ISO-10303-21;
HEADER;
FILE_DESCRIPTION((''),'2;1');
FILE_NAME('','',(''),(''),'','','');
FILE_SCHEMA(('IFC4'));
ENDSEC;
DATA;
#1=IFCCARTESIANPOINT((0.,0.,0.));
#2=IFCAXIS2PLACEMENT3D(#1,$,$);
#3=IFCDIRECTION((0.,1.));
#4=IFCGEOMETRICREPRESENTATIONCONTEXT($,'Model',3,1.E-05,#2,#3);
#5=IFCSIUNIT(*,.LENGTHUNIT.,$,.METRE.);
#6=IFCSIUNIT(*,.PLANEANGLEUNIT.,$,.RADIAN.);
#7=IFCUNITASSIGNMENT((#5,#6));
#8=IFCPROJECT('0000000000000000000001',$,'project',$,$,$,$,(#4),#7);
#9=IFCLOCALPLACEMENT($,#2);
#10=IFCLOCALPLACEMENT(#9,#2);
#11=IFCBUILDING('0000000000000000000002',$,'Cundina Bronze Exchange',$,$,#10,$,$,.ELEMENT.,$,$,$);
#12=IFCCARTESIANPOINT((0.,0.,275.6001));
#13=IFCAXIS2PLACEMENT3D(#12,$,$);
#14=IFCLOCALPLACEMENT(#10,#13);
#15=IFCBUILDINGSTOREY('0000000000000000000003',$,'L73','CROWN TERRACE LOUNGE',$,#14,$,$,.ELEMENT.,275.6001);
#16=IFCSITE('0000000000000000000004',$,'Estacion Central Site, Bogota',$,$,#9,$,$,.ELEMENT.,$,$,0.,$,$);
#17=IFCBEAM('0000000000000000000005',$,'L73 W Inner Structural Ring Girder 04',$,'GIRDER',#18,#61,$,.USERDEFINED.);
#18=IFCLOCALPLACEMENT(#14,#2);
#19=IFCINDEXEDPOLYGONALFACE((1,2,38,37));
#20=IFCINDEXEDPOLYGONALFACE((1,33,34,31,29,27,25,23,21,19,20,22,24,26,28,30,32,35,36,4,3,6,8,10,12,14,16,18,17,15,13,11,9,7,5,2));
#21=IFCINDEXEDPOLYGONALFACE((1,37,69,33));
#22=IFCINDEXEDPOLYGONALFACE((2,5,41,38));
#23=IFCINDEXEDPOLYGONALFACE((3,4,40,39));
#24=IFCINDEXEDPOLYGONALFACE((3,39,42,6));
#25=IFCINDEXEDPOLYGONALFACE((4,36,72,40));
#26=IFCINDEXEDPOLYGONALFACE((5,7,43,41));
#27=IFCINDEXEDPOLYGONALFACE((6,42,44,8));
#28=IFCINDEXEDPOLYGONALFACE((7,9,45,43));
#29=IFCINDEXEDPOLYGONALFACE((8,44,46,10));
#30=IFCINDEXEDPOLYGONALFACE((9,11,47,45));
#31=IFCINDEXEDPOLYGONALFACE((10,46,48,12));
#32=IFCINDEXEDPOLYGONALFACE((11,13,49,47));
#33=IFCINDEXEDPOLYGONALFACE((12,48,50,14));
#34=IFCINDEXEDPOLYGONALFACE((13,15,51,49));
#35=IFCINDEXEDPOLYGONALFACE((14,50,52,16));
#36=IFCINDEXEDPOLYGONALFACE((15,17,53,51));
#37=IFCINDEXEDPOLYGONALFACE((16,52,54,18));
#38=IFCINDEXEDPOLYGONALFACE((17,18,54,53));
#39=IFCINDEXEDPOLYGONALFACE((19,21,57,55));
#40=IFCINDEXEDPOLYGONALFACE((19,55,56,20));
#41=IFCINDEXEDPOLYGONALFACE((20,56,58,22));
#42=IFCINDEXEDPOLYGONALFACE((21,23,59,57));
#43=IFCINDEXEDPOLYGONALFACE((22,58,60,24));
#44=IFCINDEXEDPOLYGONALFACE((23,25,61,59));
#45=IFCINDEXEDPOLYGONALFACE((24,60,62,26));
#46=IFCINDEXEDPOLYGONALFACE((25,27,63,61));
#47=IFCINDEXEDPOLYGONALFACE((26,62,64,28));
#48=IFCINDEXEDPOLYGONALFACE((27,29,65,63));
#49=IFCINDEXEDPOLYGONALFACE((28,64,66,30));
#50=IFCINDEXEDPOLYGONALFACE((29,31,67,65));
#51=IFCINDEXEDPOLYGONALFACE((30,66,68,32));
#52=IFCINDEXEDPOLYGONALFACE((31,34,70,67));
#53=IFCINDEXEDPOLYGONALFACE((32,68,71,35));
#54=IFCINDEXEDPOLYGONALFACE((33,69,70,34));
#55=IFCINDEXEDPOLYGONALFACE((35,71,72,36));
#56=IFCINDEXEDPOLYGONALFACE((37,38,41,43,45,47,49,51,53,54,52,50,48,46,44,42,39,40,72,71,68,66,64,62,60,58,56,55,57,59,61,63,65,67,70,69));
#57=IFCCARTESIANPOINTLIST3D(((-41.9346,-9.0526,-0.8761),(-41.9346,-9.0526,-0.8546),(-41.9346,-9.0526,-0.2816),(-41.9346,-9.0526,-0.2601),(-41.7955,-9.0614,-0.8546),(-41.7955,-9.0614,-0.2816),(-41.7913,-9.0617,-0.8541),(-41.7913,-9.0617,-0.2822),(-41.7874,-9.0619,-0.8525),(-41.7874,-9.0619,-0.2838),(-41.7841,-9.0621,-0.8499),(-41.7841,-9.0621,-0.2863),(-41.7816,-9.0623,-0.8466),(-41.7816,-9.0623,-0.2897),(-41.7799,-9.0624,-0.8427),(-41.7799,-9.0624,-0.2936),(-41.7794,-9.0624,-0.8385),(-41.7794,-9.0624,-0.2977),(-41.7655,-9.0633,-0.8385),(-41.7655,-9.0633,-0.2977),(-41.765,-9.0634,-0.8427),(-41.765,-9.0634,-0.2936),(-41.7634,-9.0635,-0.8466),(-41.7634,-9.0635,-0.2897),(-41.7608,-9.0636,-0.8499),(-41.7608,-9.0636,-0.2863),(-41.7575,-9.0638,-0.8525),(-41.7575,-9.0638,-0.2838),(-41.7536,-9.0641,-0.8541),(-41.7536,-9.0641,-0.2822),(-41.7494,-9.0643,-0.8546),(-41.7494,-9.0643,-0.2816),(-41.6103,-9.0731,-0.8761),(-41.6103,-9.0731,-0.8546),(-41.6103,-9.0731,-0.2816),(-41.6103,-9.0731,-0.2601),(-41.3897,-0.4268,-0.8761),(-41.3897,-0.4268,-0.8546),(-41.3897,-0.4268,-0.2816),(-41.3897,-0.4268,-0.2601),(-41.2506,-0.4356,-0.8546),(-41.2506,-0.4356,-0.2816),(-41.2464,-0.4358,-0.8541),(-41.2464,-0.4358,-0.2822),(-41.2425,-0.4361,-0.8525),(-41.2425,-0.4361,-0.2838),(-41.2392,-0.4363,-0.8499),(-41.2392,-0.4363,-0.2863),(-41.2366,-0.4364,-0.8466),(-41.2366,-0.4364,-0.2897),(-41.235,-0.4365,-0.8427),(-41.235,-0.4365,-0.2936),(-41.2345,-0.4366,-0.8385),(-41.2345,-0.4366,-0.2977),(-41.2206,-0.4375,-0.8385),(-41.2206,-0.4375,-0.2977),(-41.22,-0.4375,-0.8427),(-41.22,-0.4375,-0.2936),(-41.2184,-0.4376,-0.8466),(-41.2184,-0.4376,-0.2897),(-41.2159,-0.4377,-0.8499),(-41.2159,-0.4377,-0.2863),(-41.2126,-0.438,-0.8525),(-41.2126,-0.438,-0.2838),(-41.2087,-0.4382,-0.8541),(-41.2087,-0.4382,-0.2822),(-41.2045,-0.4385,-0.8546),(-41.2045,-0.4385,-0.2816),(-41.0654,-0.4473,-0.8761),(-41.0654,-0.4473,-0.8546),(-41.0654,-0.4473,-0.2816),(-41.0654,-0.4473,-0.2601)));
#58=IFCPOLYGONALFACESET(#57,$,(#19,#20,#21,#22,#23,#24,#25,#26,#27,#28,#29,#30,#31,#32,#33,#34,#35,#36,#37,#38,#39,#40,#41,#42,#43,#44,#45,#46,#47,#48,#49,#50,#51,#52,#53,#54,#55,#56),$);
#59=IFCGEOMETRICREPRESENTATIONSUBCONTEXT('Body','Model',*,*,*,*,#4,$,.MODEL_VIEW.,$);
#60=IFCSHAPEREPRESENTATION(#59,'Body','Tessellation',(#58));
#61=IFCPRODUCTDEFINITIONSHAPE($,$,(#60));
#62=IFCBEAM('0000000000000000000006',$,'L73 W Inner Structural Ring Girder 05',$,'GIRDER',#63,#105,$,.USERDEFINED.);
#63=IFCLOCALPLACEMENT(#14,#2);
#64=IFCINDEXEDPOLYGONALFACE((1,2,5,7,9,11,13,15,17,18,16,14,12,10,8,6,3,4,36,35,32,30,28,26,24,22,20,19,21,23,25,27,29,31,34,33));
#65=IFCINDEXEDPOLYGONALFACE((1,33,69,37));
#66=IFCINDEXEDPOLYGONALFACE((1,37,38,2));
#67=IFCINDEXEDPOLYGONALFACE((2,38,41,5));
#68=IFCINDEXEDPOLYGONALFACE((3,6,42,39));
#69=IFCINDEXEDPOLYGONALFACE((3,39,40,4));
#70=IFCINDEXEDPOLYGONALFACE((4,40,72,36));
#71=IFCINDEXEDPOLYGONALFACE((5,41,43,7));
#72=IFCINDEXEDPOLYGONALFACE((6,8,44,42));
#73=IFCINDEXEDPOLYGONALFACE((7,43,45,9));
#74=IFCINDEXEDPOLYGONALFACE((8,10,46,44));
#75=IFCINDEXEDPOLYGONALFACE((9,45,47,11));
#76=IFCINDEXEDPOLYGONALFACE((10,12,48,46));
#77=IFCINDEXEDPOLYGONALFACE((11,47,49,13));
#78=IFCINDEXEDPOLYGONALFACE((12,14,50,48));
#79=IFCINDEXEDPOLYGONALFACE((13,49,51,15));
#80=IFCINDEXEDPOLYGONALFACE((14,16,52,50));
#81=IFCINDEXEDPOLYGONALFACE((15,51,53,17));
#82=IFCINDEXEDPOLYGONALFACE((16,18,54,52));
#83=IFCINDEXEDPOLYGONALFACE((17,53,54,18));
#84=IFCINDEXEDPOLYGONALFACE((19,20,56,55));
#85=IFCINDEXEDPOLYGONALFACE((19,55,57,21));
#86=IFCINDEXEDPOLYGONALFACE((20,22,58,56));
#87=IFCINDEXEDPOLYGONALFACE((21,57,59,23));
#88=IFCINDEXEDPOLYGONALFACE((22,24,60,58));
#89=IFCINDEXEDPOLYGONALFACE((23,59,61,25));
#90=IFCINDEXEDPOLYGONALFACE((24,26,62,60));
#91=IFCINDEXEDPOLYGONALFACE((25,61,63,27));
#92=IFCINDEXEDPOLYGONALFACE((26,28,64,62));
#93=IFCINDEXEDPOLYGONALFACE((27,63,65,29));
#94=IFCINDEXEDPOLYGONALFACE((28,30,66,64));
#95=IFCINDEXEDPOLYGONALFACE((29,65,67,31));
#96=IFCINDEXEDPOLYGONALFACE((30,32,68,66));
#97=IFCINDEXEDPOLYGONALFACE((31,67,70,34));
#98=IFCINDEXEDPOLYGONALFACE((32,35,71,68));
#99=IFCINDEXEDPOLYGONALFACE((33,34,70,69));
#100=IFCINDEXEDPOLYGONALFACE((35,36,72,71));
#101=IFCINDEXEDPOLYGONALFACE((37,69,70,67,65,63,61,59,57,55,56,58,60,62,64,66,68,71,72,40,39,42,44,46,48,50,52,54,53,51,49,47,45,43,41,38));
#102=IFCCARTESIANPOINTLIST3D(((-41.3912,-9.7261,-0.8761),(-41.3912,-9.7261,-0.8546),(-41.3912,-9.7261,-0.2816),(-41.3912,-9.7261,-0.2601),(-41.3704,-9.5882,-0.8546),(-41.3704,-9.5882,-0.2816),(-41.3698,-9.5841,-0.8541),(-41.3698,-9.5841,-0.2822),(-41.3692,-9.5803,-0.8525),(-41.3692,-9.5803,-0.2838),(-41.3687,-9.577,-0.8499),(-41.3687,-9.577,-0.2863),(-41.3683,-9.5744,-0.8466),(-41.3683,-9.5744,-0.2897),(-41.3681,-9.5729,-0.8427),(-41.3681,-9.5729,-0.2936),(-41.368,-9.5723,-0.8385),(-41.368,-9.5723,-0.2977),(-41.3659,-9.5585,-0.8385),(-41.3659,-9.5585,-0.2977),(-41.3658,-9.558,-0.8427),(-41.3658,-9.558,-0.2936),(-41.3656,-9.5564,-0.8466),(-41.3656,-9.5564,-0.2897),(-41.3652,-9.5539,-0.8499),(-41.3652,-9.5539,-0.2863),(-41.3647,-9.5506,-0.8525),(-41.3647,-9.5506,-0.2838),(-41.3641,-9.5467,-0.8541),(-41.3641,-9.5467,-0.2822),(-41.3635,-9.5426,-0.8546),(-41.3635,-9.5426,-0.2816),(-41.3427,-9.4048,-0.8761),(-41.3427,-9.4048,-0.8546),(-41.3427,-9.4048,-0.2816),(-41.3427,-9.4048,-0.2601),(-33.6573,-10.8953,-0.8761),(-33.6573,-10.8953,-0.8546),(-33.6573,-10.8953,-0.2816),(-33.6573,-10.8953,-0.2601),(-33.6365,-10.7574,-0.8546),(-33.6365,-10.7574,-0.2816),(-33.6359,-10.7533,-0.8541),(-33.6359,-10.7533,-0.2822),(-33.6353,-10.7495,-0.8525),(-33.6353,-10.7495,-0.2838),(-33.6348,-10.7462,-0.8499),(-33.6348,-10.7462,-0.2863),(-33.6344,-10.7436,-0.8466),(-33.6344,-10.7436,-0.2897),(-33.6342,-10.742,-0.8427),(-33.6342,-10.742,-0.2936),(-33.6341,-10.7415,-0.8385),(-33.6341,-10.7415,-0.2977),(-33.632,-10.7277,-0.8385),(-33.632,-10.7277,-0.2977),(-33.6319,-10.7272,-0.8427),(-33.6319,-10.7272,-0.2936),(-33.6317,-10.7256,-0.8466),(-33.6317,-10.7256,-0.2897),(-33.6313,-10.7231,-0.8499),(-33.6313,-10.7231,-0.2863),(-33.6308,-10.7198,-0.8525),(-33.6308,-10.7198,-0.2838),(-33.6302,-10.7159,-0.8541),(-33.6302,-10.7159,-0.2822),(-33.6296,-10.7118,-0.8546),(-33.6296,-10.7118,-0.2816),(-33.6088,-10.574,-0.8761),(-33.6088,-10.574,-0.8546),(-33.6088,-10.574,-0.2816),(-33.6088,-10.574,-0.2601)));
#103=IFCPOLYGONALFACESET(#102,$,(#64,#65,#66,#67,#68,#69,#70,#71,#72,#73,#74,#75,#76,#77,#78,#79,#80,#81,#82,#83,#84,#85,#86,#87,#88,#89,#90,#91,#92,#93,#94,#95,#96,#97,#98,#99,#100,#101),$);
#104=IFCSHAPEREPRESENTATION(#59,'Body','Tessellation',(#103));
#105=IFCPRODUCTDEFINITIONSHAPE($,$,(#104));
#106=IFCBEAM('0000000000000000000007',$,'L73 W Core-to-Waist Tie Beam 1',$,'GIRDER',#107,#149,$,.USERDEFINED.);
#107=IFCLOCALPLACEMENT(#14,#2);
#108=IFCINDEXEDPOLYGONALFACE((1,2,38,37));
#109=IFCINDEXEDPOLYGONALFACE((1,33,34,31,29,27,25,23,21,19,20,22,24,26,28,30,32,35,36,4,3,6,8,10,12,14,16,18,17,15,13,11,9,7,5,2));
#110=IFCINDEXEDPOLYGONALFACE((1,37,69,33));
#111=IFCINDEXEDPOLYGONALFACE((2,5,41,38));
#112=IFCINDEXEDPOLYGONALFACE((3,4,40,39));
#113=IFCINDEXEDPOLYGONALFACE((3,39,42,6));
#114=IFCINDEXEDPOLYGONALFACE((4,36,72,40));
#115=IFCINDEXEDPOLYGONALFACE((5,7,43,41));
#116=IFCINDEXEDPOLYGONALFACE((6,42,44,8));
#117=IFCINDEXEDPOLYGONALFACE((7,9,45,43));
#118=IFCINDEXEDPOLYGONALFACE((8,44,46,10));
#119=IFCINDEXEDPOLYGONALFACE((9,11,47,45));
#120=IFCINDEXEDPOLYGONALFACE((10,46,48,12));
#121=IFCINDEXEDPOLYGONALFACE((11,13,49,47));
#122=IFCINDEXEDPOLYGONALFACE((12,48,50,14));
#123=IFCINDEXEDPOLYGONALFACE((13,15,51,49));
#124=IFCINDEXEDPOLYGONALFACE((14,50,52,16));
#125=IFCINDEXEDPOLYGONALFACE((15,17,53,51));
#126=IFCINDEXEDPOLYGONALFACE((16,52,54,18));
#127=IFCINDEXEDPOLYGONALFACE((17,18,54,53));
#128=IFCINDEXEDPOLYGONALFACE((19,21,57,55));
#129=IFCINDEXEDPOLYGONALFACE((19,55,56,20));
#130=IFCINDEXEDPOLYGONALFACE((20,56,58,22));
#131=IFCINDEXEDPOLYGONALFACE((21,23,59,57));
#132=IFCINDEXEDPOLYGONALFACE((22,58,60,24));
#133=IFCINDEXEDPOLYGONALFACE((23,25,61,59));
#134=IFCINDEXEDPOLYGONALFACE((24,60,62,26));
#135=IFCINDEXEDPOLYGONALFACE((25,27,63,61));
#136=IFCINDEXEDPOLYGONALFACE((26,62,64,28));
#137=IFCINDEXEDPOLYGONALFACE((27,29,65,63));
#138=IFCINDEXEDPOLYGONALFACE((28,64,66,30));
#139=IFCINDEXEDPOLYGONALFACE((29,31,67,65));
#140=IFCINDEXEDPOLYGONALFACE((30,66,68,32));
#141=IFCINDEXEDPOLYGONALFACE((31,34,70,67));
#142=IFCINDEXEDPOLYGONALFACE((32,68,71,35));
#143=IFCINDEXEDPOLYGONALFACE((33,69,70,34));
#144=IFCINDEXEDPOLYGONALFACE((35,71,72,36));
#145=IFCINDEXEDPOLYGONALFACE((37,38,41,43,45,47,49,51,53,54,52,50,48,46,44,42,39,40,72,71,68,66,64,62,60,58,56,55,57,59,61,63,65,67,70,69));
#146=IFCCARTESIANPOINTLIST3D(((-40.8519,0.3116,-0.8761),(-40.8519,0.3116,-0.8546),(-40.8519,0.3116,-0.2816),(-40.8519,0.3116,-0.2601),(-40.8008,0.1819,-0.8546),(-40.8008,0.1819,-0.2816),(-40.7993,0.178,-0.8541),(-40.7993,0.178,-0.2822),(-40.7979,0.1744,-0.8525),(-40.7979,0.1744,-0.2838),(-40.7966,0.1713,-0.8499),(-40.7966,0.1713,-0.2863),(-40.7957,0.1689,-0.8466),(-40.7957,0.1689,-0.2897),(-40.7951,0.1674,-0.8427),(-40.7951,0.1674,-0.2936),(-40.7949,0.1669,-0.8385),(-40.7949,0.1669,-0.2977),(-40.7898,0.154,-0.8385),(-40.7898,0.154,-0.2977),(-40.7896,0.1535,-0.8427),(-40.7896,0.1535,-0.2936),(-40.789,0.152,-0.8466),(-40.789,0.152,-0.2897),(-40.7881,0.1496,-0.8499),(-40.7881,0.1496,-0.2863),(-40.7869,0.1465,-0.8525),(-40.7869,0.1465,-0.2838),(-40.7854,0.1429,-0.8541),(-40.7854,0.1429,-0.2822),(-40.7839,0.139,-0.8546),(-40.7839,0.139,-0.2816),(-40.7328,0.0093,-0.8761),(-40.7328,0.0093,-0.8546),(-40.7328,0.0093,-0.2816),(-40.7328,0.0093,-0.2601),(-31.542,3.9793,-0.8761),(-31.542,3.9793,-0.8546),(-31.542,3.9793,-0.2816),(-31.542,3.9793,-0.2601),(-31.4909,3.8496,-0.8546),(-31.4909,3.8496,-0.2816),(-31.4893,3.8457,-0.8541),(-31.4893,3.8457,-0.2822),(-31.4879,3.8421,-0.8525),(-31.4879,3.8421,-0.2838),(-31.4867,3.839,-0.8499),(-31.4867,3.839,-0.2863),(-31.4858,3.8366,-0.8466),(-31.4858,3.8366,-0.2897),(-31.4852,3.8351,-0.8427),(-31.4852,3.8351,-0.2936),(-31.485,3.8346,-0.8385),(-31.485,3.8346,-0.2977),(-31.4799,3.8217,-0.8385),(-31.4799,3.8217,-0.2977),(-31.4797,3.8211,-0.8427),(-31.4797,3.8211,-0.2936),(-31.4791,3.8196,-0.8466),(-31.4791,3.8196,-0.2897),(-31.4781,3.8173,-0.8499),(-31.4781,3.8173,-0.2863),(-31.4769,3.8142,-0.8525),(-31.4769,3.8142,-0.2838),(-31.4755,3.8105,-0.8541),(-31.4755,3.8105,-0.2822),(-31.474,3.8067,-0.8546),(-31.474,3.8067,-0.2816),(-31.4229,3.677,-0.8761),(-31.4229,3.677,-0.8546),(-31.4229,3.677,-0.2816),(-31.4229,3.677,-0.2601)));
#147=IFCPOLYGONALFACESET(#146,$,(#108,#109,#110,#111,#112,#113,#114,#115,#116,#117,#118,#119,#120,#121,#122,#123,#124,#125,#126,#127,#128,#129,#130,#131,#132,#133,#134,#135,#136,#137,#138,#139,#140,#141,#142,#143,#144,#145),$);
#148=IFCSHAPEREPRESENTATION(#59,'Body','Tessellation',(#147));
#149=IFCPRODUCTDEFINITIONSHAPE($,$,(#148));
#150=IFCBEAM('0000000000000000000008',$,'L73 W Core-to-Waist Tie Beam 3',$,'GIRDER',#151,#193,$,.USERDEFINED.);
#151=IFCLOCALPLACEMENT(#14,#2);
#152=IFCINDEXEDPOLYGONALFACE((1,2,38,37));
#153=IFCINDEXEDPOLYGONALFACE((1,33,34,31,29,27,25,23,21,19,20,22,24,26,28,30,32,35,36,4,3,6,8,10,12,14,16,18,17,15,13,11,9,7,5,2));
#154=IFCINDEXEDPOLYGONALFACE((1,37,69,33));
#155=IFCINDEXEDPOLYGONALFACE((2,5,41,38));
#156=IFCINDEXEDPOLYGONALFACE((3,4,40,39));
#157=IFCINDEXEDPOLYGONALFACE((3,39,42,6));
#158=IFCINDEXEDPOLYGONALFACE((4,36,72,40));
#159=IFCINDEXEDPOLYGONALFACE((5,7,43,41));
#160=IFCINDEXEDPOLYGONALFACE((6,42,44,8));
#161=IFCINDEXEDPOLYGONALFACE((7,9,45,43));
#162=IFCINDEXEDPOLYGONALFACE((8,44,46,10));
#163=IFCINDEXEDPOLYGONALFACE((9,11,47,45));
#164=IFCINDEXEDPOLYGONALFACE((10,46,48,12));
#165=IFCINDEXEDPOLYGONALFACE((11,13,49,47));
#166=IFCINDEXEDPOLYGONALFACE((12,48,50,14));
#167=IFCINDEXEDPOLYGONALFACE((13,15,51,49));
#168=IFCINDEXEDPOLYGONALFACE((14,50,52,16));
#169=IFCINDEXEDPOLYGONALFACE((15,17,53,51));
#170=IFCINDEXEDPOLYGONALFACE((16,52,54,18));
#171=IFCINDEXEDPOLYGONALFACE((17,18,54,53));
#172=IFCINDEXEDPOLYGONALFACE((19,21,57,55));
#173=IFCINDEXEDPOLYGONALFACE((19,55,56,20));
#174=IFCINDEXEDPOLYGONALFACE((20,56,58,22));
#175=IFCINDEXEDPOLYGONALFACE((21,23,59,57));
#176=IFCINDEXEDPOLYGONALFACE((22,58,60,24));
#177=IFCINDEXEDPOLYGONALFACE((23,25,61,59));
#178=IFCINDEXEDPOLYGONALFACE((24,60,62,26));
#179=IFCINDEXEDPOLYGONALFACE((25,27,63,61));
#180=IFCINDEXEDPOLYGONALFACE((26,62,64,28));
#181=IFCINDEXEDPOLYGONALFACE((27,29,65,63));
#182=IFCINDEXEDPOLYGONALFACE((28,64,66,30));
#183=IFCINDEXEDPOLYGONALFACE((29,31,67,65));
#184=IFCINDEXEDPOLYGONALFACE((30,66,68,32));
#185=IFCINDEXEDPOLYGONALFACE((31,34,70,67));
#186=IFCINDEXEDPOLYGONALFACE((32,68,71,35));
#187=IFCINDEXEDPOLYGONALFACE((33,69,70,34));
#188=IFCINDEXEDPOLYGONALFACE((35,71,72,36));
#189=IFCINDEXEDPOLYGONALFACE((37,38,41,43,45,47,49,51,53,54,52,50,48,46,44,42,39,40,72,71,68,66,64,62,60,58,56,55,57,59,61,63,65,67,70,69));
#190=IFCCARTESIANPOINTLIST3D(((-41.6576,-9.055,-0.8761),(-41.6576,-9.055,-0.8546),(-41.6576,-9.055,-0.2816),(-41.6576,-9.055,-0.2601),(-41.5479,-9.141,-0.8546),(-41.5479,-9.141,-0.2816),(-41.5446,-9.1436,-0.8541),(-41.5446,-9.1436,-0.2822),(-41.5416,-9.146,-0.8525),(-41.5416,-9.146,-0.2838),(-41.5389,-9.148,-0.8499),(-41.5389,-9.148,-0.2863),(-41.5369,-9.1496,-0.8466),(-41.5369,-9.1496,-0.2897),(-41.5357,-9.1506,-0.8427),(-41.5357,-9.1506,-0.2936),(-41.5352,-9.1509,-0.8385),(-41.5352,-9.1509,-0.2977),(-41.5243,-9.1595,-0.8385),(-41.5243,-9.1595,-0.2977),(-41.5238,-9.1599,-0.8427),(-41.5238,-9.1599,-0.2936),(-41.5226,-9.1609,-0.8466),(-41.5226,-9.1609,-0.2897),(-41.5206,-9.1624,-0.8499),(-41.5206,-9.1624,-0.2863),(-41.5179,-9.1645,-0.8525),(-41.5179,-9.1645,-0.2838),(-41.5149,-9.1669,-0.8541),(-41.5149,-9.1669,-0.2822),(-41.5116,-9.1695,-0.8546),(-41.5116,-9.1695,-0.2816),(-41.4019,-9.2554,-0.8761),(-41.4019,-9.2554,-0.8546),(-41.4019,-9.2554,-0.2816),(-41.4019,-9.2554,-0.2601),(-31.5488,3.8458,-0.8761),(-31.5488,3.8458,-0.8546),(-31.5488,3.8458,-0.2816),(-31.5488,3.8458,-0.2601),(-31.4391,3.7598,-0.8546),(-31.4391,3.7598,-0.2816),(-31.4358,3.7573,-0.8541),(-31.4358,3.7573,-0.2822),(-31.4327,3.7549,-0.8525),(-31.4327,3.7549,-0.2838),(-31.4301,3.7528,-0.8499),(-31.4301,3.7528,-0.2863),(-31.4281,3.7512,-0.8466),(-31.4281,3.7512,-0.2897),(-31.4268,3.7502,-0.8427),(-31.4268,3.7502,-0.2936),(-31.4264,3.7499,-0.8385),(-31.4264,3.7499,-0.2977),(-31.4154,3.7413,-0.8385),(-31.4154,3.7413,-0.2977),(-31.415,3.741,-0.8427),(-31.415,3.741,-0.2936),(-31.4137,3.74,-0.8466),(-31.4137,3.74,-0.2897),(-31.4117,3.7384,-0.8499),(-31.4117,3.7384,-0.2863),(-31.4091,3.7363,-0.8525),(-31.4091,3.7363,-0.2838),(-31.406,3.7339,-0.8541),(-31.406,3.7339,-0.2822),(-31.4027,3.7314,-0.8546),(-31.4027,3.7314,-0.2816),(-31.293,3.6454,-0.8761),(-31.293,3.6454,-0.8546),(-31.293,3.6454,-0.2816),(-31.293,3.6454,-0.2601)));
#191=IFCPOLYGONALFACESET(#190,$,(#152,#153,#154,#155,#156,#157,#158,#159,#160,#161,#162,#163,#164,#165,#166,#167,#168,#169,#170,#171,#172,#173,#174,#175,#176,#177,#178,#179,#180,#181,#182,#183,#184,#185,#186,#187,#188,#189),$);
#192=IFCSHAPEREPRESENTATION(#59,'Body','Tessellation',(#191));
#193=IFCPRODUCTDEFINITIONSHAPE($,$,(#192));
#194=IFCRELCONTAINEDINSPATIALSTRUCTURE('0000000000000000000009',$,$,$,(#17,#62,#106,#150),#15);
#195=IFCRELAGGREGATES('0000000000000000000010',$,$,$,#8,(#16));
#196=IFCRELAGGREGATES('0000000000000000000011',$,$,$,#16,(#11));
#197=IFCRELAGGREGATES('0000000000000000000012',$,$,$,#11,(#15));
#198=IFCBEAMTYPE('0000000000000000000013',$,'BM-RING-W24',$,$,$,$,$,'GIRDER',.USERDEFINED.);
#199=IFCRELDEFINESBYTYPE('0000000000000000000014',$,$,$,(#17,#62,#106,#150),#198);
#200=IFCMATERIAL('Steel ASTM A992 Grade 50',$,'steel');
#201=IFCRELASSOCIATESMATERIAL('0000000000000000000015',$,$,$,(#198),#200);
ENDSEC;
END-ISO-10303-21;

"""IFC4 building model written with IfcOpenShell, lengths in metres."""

from ifc_helpers import new_model, si_unit, direction, frame, origin, origin_2d, place, context, subcontext, project, spatial, i_section, extrude, material, material_profile, profile_set, type_object, element, save


model = new_model("IFC4")

# Units and contexts
model_context = context("Model", 3, precision=1e-05, world=origin(), true_north=direction((0.0, 1.0)))
body_context = subcontext(model_context, "Body", "Model", "MODEL_VIEW")
ifc_project = project(units=[si_unit("LENGTHUNIT", "METRE"), si_unit("PLANEANGLEUNIT", "RADIAN")], contexts=[model_context])

# Site, building, storey
site_placement = place(None, origin())
site = spatial("IfcSite", under=ifc_project, at=site_placement, Name="Estacion Central Site, Bogota", CompositionType="ELEMENT", RefElevation=0.0)
building_placement = place(site_placement, origin())
building = spatial("IfcBuilding", under=site, at=building_placement, Name="Cundina Bronze Exchange", CompositionType="ELEMENT")
storey_placement = place(building_placement, frame((0.0, 0.0, 275.6001)))
storey = spatial("IfcBuildingStorey", under=building, at=storey_placement, Name="L73", Description="CROWN TERRACE LOUNGE", CompositionType="ELEMENT", Elevation=275.6001)

# Beams
ifc_material_1 = material(Name="Steel ASTM A992 Grade 50", Category="steel")
ifc_material_profile_1 = material_profile(ifc_material_1, i_section(OverallWidth=0.325, OverallDepth=0.616, WebThickness=0.0139, FlangeThickness=0.0215, FilletRadius=0.0161, at=origin_2d()), Name="W24X117", Category="steel")
ifc_profile_set_1 = profile_set([ifc_material_profile_1], Name="Steel ASTM A992 Grade 50")
beam_type_1 = type_object("IfcBeamType", Name="BM-RING-W24", ElementType="GIRDER", PredefinedType="USERDEFINED", material=ifc_profile_set_1)
beam_1_placement = place(storey_placement, frame((-41.2275, -0.437, -0.5681), z_axis=(-0.063047, -0.998011, 0.0), x_axis=(0.998011, -0.063047, 0.0)))
element("IfcBeam", 1, at=beam_1_placement, inside=storey, type_object=beam_type_1, Name="L73 W Inner Structural Ring Girder 04", ObjectType="GIRDER", PredefinedType="USERDEFINED", context=body_context, shape_type="SweptSolid", body=[
    extrude(i_section(OverallWidth=0.325, OverallDepth=0.616, WebThickness=0.0139, FlangeThickness=0.0215, FilletRadius=0.0161, at=origin_2d()), origin(), (0.0, 0.0, 1.0), 8.6431),
])
beam_2_placement = place(storey_placement, frame((-41.3669, -9.5654, -0.5681), z_axis=(0.988765, -0.149479, 0.0), x_axis=(0.149479, 0.988765, 0.0)))
element("IfcBeam", 2, at=beam_2_placement, inside=storey, type_object=beam_type_1, Name="L73 W Inner Structural Ring Girder 05", ObjectType="GIRDER", PredefinedType="USERDEFINED", context=body_context, shape_type="SweptSolid", body=[
    extrude(i_section(OverallWidth=0.325, OverallDepth=0.616, WebThickness=0.0139, FlangeThickness=0.0215, FilletRadius=0.0161, at=origin_2d()), origin(), (0.0, 0.0, 1.0), 7.8218),
])
beam_3_placement = place(storey_placement, frame((-31.4824, 3.8281, -0.5681), z_axis=(-0.930404, -0.366535, 0.0), x_axis=(0.366535, -0.930404, 0.0)))
element("IfcBeam", 3, at=beam_3_placement, inside=storey, type_object=beam_type_1, Name="L73 W Core-to-Waist Tie Beam 1", ObjectType="GIRDER", PredefinedType="USERDEFINED", context=body_context, shape_type="SweptSolid", body=[
    extrude(i_section(OverallWidth=0.325, OverallDepth=0.616, WebThickness=0.0139, FlangeThickness=0.0215, FilletRadius=0.0161, at=origin_2d()), origin(), (0.0, 0.0, 1.0), 10.0063),
])
beam_4_placement = place(storey_placement, frame((-31.4209, 3.7456, -0.5681), z_axis=(-0.616783, -0.787133, 0.0), x_axis=(0.787133, -0.616783, 0.0)))
element("IfcBeam", 4, at=beam_4_placement, inside=storey, type_object=beam_type_1, Name="L73 W Core-to-Waist Tie Beam 3", ObjectType="GIRDER", PredefinedType="USERDEFINED", context=body_context, shape_type="SweptSolid", body=[
    extrude(i_section(OverallWidth=0.325, OverallDepth=0.616, WebThickness=0.0139, FlangeThickness=0.0215, FilletRadius=0.0161, at=origin_2d()), origin(), (0.0, 0.0, 1.0), 16.3896),
])

save(model, "model.ifc")
